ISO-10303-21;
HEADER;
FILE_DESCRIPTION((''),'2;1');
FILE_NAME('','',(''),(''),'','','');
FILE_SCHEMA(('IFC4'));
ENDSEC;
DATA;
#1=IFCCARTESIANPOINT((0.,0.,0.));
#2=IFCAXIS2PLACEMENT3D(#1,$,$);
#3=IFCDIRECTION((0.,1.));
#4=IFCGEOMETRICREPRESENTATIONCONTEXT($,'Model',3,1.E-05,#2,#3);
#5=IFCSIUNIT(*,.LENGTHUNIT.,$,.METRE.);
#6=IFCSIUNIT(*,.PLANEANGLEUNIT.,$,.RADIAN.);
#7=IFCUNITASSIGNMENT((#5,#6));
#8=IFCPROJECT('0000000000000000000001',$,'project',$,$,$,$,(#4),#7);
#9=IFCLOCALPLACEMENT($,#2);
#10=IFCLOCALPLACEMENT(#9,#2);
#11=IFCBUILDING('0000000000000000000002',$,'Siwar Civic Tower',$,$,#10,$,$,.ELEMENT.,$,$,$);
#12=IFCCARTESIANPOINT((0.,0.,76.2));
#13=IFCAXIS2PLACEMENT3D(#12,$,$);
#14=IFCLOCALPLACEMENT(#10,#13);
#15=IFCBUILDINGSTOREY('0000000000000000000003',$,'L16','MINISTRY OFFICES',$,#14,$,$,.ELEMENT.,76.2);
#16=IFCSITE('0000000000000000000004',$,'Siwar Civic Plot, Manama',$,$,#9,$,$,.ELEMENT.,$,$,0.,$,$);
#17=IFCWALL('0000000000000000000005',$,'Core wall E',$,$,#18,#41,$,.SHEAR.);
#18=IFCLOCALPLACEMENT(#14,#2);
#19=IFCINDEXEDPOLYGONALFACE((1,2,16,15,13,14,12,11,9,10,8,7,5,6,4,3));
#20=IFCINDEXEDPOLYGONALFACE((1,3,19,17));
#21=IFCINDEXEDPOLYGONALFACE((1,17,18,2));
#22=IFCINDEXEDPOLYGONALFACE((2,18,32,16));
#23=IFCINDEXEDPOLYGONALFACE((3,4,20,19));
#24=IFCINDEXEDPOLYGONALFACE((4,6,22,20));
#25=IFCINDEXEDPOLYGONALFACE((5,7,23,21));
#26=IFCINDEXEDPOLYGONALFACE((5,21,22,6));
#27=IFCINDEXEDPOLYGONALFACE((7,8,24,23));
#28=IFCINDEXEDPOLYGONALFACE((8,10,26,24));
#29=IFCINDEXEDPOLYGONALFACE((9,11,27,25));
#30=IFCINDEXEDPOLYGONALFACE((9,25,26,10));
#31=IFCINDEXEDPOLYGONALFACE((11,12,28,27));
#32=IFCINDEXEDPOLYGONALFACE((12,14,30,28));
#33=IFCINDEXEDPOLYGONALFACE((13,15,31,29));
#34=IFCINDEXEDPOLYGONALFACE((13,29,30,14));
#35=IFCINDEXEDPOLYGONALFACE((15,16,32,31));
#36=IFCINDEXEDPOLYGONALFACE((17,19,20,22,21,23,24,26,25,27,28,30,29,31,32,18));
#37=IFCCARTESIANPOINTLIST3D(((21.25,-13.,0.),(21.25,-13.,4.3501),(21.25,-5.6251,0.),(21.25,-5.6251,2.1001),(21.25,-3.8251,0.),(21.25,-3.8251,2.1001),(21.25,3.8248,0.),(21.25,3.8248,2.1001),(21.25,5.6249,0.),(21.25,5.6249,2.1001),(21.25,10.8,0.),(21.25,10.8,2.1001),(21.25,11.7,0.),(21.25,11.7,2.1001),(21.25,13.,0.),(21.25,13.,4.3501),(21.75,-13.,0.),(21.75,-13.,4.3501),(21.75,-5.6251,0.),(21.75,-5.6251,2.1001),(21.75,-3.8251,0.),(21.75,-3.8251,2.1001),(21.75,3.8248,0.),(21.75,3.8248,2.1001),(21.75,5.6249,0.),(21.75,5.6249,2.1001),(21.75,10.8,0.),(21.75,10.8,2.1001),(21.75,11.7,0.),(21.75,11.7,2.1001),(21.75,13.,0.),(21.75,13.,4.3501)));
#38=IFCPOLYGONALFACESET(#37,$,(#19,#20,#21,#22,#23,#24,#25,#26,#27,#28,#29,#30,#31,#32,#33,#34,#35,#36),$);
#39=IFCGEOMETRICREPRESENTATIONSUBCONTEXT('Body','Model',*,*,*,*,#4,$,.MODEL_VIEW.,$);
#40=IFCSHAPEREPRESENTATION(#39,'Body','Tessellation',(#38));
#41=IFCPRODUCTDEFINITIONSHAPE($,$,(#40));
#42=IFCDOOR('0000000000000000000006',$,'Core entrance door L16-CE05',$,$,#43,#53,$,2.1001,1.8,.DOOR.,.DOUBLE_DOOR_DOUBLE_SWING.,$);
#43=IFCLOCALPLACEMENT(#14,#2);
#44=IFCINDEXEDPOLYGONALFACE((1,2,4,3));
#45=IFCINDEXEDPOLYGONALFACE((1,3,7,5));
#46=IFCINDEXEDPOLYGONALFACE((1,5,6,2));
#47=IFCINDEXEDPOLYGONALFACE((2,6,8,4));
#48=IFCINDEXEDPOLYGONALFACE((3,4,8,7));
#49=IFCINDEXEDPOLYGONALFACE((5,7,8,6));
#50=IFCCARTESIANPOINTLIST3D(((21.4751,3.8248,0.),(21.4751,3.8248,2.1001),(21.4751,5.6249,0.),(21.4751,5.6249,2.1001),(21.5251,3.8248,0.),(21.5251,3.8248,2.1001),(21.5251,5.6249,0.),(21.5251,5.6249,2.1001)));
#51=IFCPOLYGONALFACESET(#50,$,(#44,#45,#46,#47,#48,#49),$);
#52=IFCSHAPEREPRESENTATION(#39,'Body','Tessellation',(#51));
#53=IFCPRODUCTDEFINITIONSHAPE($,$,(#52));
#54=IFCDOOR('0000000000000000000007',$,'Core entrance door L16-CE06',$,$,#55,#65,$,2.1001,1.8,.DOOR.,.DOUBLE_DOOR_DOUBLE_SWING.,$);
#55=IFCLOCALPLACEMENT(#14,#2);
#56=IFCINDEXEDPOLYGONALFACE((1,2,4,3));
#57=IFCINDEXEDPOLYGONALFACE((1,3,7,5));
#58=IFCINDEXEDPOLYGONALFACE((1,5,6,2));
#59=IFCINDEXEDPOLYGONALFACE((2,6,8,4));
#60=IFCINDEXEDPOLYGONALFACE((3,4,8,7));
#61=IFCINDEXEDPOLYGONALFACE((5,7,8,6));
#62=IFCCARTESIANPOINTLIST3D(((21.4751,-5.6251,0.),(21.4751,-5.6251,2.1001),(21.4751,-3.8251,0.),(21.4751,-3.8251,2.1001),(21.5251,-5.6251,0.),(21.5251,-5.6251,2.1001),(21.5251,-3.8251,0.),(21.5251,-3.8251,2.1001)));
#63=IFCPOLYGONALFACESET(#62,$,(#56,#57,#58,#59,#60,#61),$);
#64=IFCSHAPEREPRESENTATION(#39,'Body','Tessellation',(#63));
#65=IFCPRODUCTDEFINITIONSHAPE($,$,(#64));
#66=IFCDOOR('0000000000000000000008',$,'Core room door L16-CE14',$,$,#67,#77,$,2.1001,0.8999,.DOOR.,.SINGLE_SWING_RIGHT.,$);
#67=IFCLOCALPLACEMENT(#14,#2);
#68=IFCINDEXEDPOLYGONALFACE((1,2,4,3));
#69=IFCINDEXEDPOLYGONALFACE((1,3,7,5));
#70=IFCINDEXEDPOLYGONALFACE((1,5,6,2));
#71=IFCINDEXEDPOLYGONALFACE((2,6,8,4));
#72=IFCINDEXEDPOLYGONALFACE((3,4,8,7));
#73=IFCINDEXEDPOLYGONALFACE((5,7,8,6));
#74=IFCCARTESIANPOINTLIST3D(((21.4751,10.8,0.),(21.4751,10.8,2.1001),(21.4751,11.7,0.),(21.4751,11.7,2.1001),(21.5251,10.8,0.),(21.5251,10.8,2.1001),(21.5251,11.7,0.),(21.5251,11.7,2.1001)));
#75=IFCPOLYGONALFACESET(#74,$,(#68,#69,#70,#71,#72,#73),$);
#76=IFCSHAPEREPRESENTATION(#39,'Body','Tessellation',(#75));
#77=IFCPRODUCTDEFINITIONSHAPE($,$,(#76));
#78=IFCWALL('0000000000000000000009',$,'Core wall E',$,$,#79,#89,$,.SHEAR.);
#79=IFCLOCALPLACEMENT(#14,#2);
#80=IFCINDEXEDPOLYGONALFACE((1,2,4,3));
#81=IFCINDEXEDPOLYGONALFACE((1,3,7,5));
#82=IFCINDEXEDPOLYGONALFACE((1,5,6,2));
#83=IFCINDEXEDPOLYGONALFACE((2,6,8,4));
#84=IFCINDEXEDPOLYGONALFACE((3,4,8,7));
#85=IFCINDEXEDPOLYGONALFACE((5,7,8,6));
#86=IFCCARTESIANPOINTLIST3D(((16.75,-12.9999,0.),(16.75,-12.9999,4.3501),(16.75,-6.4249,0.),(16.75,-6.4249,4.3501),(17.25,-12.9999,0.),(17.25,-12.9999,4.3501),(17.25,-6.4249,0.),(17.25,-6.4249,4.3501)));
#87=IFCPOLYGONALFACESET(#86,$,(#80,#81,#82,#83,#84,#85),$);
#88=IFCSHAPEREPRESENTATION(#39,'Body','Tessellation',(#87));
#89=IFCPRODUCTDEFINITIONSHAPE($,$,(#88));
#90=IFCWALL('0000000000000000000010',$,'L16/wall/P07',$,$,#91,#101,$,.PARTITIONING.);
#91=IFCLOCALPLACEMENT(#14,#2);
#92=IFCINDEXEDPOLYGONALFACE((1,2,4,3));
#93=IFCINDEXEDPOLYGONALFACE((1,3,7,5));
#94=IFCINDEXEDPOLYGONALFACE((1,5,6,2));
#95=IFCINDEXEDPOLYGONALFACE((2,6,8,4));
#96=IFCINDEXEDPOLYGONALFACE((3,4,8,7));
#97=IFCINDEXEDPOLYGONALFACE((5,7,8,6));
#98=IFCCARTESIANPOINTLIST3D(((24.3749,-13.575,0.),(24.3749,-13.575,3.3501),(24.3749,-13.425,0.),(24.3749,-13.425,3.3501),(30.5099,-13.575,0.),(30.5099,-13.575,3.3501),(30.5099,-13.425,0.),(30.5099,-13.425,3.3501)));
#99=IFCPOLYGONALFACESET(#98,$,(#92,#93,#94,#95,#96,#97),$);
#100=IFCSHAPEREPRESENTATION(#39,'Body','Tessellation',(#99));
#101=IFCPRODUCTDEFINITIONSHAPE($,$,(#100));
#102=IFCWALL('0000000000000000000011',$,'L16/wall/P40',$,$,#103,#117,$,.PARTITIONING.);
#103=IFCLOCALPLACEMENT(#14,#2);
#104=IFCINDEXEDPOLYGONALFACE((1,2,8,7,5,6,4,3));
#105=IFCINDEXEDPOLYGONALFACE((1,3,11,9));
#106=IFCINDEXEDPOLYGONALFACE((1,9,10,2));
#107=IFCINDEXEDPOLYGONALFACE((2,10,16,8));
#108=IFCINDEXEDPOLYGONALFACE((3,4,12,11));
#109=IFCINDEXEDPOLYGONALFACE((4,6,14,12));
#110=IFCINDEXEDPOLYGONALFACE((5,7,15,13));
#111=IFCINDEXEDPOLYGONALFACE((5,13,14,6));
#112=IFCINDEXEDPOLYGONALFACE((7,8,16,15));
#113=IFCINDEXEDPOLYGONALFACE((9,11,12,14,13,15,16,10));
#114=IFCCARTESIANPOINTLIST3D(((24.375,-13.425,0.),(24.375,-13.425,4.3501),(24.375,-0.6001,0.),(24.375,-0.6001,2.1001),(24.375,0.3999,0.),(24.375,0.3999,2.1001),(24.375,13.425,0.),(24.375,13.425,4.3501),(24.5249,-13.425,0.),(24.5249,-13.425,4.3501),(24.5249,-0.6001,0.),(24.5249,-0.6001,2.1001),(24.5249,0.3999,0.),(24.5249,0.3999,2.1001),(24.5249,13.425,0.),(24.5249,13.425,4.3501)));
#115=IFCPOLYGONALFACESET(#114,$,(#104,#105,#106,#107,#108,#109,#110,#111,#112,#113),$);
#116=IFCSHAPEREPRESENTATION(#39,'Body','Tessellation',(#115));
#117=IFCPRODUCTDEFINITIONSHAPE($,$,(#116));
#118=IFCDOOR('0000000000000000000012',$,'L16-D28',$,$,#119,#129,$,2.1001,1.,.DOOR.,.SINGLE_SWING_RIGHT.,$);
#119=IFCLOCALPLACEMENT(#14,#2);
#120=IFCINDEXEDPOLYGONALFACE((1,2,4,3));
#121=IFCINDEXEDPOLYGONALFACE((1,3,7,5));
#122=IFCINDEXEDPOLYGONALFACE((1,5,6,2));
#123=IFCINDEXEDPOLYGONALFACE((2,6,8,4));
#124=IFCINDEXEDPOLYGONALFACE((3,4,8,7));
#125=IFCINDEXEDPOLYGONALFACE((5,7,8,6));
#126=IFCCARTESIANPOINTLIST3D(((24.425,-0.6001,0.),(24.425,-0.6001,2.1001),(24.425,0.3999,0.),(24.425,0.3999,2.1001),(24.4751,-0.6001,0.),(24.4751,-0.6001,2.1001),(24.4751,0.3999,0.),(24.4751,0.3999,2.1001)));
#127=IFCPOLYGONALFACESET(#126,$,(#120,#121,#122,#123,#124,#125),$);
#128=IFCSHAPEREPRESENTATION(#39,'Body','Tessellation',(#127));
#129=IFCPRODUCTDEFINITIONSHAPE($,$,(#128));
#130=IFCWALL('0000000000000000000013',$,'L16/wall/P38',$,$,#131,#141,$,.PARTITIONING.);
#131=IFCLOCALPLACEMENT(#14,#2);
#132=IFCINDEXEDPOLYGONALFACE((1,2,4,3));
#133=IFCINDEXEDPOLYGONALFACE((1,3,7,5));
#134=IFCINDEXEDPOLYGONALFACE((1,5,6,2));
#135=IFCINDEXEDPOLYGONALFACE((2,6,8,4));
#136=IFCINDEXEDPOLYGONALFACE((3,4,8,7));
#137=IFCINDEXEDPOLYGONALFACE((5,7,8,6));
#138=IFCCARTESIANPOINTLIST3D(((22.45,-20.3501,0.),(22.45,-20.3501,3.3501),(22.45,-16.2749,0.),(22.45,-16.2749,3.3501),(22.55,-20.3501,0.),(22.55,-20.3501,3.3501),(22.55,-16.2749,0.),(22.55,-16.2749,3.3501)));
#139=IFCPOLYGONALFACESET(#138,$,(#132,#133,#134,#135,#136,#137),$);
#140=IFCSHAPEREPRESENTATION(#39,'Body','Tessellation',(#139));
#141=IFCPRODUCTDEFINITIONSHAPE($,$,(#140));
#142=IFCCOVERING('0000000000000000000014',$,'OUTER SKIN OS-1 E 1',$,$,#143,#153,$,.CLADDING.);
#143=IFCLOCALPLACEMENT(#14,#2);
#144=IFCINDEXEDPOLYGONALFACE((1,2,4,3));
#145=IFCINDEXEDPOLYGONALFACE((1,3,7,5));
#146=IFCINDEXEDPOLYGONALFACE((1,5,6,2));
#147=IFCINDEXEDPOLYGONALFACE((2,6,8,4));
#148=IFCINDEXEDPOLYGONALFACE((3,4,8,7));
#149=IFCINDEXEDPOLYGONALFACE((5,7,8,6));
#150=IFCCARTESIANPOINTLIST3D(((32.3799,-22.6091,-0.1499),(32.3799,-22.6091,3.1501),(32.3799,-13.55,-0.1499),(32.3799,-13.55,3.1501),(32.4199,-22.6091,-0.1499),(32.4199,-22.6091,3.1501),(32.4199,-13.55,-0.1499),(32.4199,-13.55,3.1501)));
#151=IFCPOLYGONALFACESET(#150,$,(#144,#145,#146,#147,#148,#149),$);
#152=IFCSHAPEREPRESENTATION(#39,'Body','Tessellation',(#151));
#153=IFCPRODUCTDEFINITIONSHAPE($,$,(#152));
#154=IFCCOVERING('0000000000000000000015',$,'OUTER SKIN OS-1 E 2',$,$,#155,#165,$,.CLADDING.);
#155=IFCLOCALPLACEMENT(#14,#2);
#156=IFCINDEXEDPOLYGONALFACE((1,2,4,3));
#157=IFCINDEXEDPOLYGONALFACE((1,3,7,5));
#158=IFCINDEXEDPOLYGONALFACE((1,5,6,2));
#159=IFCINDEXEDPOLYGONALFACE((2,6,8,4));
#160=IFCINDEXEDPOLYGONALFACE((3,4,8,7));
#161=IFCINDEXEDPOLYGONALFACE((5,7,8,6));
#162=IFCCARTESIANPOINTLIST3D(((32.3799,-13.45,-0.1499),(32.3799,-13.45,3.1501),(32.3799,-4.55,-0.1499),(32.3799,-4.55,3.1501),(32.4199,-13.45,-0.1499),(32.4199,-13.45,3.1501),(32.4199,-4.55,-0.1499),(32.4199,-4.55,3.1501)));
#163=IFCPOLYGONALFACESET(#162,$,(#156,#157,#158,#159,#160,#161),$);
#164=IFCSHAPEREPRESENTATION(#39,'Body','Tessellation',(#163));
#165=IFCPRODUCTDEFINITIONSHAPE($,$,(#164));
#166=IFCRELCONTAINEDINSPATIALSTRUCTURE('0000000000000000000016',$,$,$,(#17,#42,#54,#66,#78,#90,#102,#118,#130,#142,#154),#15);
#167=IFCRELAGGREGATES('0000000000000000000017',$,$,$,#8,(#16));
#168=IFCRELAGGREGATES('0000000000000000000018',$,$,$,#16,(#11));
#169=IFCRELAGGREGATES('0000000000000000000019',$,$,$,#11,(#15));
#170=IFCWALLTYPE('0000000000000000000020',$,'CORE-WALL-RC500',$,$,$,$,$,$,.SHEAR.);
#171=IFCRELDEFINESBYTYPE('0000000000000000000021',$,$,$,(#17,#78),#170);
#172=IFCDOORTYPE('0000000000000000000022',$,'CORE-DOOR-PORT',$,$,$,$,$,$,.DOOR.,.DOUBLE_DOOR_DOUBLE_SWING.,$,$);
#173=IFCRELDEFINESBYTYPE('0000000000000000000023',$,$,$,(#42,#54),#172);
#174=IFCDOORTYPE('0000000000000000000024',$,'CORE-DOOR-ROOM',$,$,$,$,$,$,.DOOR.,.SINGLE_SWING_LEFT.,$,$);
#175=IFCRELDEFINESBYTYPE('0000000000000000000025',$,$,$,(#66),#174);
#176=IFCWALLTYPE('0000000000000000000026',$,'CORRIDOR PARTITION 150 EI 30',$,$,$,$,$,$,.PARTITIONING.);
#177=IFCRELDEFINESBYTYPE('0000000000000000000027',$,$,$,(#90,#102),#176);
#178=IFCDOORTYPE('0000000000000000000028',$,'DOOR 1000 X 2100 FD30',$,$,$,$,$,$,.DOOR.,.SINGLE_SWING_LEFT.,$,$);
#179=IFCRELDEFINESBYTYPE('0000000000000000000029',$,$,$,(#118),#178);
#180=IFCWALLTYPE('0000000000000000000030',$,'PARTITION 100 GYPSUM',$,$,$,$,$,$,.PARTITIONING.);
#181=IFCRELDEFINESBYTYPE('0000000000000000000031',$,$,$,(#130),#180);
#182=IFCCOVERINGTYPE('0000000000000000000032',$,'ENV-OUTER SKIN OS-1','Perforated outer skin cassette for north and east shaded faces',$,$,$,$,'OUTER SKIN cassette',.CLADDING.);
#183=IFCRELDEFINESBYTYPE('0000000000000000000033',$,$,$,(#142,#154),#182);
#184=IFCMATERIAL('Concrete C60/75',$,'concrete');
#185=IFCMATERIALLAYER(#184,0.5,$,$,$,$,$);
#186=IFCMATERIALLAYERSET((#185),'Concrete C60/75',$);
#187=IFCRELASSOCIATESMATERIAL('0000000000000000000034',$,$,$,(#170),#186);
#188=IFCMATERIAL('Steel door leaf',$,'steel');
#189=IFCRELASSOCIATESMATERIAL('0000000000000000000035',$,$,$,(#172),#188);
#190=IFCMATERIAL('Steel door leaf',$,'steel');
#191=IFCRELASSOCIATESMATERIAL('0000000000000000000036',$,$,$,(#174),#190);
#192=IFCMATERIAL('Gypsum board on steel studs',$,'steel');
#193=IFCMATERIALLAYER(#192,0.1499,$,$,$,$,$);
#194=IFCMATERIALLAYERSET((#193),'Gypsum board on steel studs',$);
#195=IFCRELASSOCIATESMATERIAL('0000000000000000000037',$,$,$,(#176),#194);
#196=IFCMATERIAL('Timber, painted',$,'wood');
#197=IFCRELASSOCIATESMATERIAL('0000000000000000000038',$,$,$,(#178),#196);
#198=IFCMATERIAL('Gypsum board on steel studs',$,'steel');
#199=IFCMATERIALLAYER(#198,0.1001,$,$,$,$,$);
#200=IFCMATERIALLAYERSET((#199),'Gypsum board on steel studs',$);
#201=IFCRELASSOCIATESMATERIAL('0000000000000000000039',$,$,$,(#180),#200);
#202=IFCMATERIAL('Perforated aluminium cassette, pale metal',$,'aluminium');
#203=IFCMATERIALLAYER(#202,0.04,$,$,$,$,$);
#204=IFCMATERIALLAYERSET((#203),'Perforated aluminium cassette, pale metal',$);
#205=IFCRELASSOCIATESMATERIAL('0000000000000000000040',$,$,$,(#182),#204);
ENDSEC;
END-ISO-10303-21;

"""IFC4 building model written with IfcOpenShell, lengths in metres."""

from ifc_helpers import new_model, si_unit, direction, frame, frame_2d, origin, origin_2d, place, context, subcontext, project, spatial, rectangle, extrude, material, layer, layer_set, type_object, element, fill, save


model = new_model("IFC4")

# Units and contexts
model_context = context("Model", 3, precision=1e-05, world=origin(), true_north=direction((0.0, 1.0)))
body_context = subcontext(model_context, "Body", "Model", "MODEL_VIEW")
ifc_project = project(units=[si_unit("LENGTHUNIT", "METRE"), si_unit("PLANEANGLEUNIT", "RADIAN")], contexts=[model_context])

# Site, building, storey
site_placement = place(None, origin())
site = spatial("IfcSite", under=ifc_project, at=site_placement, Name="Siwar Civic Plot, Manama", CompositionType="ELEMENT", RefElevation=0.0)
building_placement = place(site_placement, origin())
building = spatial("IfcBuilding", under=site, at=building_placement, Name="Siwar Civic Tower", CompositionType="ELEMENT")
storey_placement = place(building_placement, frame((0.0, 0.0, 76.2)))
storey = spatial("IfcBuildingStorey", under=building, at=storey_placement, Name="L16", Description="MINISTRY OFFICES", CompositionType="ELEMENT", Elevation=76.2)

# Wall, openings, doors
ifc_material_1 = material(Name="Concrete C60/75", Category="concrete")
ifc_layer_1 = layer(ifc_material_1, 0.5)
ifc_layer_set_1 = layer_set([ifc_layer_1], Name="Concrete C60/75")
wall_type_1 = type_object("IfcWallType", Name="CORE-WALL-RC500", PredefinedType="SHEAR", material=ifc_layer_set_1)
wall_1_placement = place(storey_placement, frame((21.5, -13.0, 0.0), z_axis=(0.0, 0.0, 1.0), x_axis=(0.0, 1.0, 0.0)))
wall_1 = element("IfcWall", 1, at=wall_1_placement, inside=storey, type_object=wall_type_1, Name="Core wall E", PredefinedType="SHEAR", context=body_context, shape_type="SweptSolid", body=[
    extrude(rectangle(XDim=26.0, YDim=0.5, at=frame_2d((13.0, 0.0))), origin(), (0.0, 0.0, 1.0), 4.3501),
])
opening_1_placement = place(wall_1_placement, frame((16.825, 0.0, 0.0)))
opening_1 = element("IfcOpeningElement", 2, at=opening_1_placement, cuts=wall_1, PredefinedType="OPENING", context=body_context, shape_type="SweptSolid", body=[
    extrude(rectangle(XDim=1.8, YDim=2.1001, at=frame_2d((0.8999, 1.05))), frame((0.0, 0.26, 0.0), z_axis=(0.0, -1.0, 0.0), x_axis=(1.0, 0.0, 0.0)), (0.0, 0.0, 1.0), 0.52),
])
opening_2_placement = place(wall_1_placement, frame((7.375, 0.0, 0.0)))
opening_2 = element("IfcOpeningElement", 3, at=opening_2_placement, cuts=wall_1, PredefinedType="OPENING", context=body_context, shape_type="SweptSolid", body=[
    extrude(rectangle(XDim=1.8, YDim=2.1001, at=frame_2d((0.8999, 1.05))), frame((0.0, 0.26, 0.0), z_axis=(0.0, -1.0, 0.0), x_axis=(1.0, 0.0, 0.0)), (0.0, 0.0, 1.0), 0.52),
])
opening_3_placement = place(wall_1_placement, frame((23.8, 0.0, 0.0)))
opening_3 = element("IfcOpeningElement", 4, at=opening_3_placement, cuts=wall_1, PredefinedType="OPENING", context=body_context, shape_type="SweptSolid", body=[
    extrude(rectangle(XDim=0.8999, YDim=2.1001, at=frame_2d((0.45, 1.05))), frame((0.0, 0.26, 0.0), z_axis=(0.0, -1.0, 0.0), x_axis=(1.0, 0.0, 0.0)), (0.0, 0.0, 1.0), 0.52),
])
ifc_material_2 = material(Name="Steel door leaf", Category="steel")
door_type_1 = type_object("IfcDoorType", Name="CORE-DOOR-PORT", OperationType="DOUBLE_DOOR_DOUBLE_SWING", PredefinedType="DOOR", material=ifc_material_2)
door_1_placement = place(opening_1_placement, origin())
door_1 = element("IfcDoor", 5, at=door_1_placement, inside=storey, type_object=door_type_1, Name="Core entrance door L16-CE05", OperationType="DOUBLE_DOOR_DOUBLE_SWING", OverallHeight=2.1001, OverallWidth=1.8, PredefinedType="DOOR", context=body_context, shape_type="SweptSolid", body=[
    extrude(rectangle(XDim=1.8, YDim=2.1001, at=frame_2d((0.8999, 1.05))), frame((0.0, 0.0249, 0.0), z_axis=(0.0, -1.0, 0.0), x_axis=(1.0, 0.0, 0.0)), (0.0, 0.0, 1.0), 0.05),
])
fill(opening_1, door_1)
door_2_placement = place(opening_2_placement, origin())
door_2 = element("IfcDoor", 6, at=door_2_placement, inside=storey, type_object=door_type_1, Name="Core entrance door L16-CE06", OperationType="DOUBLE_DOOR_DOUBLE_SWING", OverallHeight=2.1001, OverallWidth=1.8, PredefinedType="DOOR", context=body_context, shape_type="SweptSolid", body=[
    extrude(rectangle(XDim=1.8, YDim=2.1001, at=frame_2d((0.8999, 1.05))), frame((0.0, 0.0249, 0.0), z_axis=(0.0, -1.0, 0.0), x_axis=(1.0, 0.0, 0.0)), (0.0, 0.0, 1.0), 0.05),
])
fill(opening_2, door_2)
ifc_material_3 = material(Name="Steel door leaf", Category="steel")
door_type_2 = type_object("IfcDoorType", Name="CORE-DOOR-ROOM", OperationType="SINGLE_SWING_LEFT", PredefinedType="DOOR", material=ifc_material_3)
door_3_placement = place(opening_3_placement, origin())
door_3 = element("IfcDoor", 7, at=door_3_placement, inside=storey, type_object=door_type_2, Name="Core room door L16-CE14", OperationType="SINGLE_SWING_RIGHT", OverallHeight=2.1001, OverallWidth=0.8999, PredefinedType="DOOR", context=body_context, shape_type="SweptSolid", body=[
    extrude(rectangle(XDim=0.8999, YDim=2.1001, at=frame_2d((0.45, 1.05))), frame((0.0, 0.0249, 0.0), z_axis=(0.0, -1.0, 0.0), x_axis=(1.0, 0.0, 0.0)), (0.0, 0.0, 1.0), 0.05),
])
fill(opening_3, door_3)

# Walls
wall_2_placement = place(storey_placement, frame((17.0, -13.0, 0.0), z_axis=(0.0, 0.0, 1.0), x_axis=(0.0, 1.0, 0.0)))
element("IfcWall", 8, at=wall_2_placement, inside=storey, type_object=wall_type_1, Name="Core wall E", PredefinedType="SHEAR", context=body_context, shape_type="SweptSolid", body=[
    extrude(rectangle(XDim=6.575, YDim=0.5, at=frame_2d((3.2876, 0.0))), origin(), (0.0, 0.0, 1.0), 4.3501),
])
ifc_material_4 = material(Name="Gypsum board on steel studs", Category="steel")
ifc_layer_2 = layer(ifc_material_4, 0.1499)
ifc_layer_set_2 = layer_set([ifc_layer_2], Name="Gypsum board on steel studs")
wall_type_2 = type_object("IfcWallType", Name="CORRIDOR PARTITION 150 EI 30", PredefinedType="PARTITIONING", material=ifc_layer_set_2)
wall_3_placement = place(storey_placement, frame((24.375, -13.5, 0.0), z_axis=(0.0, 0.0, 1.0), x_axis=(1.0, 0.0, 0.0)))
element("IfcWall", 9, at=wall_3_placement, inside=storey, type_object=wall_type_2, Name="L16/wall/P07", PredefinedType="PARTITIONING", context=body_context, shape_type="SweptSolid", body=[
    extrude(rectangle(XDim=6.135, YDim=0.1499, at=frame_2d((3.0674, 0.0))), origin(), (0.0, 0.0, 1.0), 3.3501),
])

# Wall, opening, door
wall_4_placement = place(storey_placement, frame((24.45, -13.425, 0.0), z_axis=(0.0, 0.0, 1.0), x_axis=(0.0, 1.0, 0.0)))
wall_4 = element("IfcWall", 10, at=wall_4_placement, inside=storey, type_object=wall_type_2, Name="L16/wall/P40", PredefinedType="PARTITIONING", context=body_context, shape_type="SweptSolid", body=[
    extrude(rectangle(XDim=26.8501, YDim=0.1499, at=frame_2d((13.425, 0.0))), origin(), (0.0, 0.0, 1.0), 4.3501),
])
opening_4_placement = place(wall_4_placement, frame((12.825, 0.0, 0.0)))
opening_4 = element("IfcOpeningElement", 11, at=opening_4_placement, cuts=wall_4, PredefinedType="OPENING", context=body_context, shape_type="SweptSolid", body=[
    extrude(rectangle(XDim=1.0, YDim=2.1001, at=frame_2d((0.5, 1.05))), frame((0.0, 0.085, 0.0), z_axis=(0.0, -1.0, 0.0), x_axis=(1.0, 0.0, 0.0)), (0.0, 0.0, 1.0), 0.1699),
])
ifc_material_5 = material(Name="Timber, painted", Category="wood")
door_type_3 = type_object("IfcDoorType", Name="DOOR 1000 X 2100 FD30", OperationType="SINGLE_SWING_LEFT", PredefinedType="DOOR", material=ifc_material_5)
door_4_placement = place(opening_4_placement, origin())
door_4 = element("IfcDoor", 12, at=door_4_placement, inside=storey, type_object=door_type_3, Name="L16-D28", OperationType="SINGLE_SWING_RIGHT", OverallHeight=2.1001, OverallWidth=1.0, PredefinedType="DOOR", context=body_context, shape_type="SweptSolid", body=[
    extrude(rectangle(XDim=1.0, YDim=2.1001, at=frame_2d((0.5, 1.05))), frame((0.0, 0.0249, 0.0), z_axis=(0.0, -1.0, 0.0), x_axis=(1.0, 0.0, 0.0)), (0.0, 0.0, 1.0), 0.05),
])
fill(opening_4, door_4)

# Wall
ifc_material_6 = material(Name="Gypsum board on steel studs", Category="steel")
ifc_layer_3 = layer(ifc_material_6, 0.1001)
ifc_layer_set_3 = layer_set([ifc_layer_3], Name="Gypsum board on steel studs")
wall_type_3 = type_object("IfcWallType", Name="PARTITION 100 GYPSUM", PredefinedType="PARTITIONING", material=ifc_layer_set_3)
wall_5_placement = place(storey_placement, frame((22.5, -20.3501, 0.0), z_axis=(0.0, 0.0, 1.0), x_axis=(0.0, 1.0, 0.0)))
element("IfcWall", 13, at=wall_5_placement, inside=storey, type_object=wall_type_3, Name="L16/wall/P38", PredefinedType="PARTITIONING", context=body_context, shape_type="SweptSolid", body=[
    extrude(rectangle(XDim=4.0752, YDim=0.1001, at=frame_2d((2.0376, 0.0))), origin(), (0.0, 0.0, 1.0), 3.3501),
])

# Coverings
ifc_material_7 = material(Name="Perforated aluminium cassette, pale metal", Category="aluminium")
ifc_layer_4 = layer(ifc_material_7, 0.04)
ifc_layer_set_4 = layer_set([ifc_layer_4], Name="Perforated aluminium cassette, pale metal")
covering_type = type_object("IfcCoveringType", Name="ENV-OUTER SKIN OS-1", Description="Perforated outer skin cassette for north and east shaded faces", ElementType="OUTER SKIN cassette", PredefinedType="CLADDING", material=ifc_layer_set_4)
covering_1_placement = place(storey_placement, frame((32.3999, -18.0796, -0.1499), z_axis=(0.0, 0.0, 1.0), x_axis=(0.0, 1.0, 0.0)))
element("IfcCovering", 14, at=covering_1_placement, inside=storey, type_object=covering_type, Name="OUTER SKIN OS-1 E 1", PredefinedType="CLADDING", context=body_context, shape_type="SweptSolid", body=[
    extrude(rectangle(XDim=9.0591, YDim=0.04, at=origin_2d()), origin(), (0.0, 0.0, 1.0), 3.3),
])
covering_2_placement = place(storey_placement, frame((32.3999, -9.0, -0.1499), z_axis=(0.0, 0.0, 1.0), x_axis=(0.0, 1.0, 0.0)))
element("IfcCovering", 15, at=covering_2_placement, inside=storey, type_object=covering_type, Name="OUTER SKIN OS-1 E 2", PredefinedType="CLADDING", context=body_context, shape_type="SweptSolid", body=[
    extrude(rectangle(XDim=8.8999, YDim=0.04, at=origin_2d()), origin(), (0.0, 0.0, 1.0), 3.3),
])

save(model, "model.ifc")
